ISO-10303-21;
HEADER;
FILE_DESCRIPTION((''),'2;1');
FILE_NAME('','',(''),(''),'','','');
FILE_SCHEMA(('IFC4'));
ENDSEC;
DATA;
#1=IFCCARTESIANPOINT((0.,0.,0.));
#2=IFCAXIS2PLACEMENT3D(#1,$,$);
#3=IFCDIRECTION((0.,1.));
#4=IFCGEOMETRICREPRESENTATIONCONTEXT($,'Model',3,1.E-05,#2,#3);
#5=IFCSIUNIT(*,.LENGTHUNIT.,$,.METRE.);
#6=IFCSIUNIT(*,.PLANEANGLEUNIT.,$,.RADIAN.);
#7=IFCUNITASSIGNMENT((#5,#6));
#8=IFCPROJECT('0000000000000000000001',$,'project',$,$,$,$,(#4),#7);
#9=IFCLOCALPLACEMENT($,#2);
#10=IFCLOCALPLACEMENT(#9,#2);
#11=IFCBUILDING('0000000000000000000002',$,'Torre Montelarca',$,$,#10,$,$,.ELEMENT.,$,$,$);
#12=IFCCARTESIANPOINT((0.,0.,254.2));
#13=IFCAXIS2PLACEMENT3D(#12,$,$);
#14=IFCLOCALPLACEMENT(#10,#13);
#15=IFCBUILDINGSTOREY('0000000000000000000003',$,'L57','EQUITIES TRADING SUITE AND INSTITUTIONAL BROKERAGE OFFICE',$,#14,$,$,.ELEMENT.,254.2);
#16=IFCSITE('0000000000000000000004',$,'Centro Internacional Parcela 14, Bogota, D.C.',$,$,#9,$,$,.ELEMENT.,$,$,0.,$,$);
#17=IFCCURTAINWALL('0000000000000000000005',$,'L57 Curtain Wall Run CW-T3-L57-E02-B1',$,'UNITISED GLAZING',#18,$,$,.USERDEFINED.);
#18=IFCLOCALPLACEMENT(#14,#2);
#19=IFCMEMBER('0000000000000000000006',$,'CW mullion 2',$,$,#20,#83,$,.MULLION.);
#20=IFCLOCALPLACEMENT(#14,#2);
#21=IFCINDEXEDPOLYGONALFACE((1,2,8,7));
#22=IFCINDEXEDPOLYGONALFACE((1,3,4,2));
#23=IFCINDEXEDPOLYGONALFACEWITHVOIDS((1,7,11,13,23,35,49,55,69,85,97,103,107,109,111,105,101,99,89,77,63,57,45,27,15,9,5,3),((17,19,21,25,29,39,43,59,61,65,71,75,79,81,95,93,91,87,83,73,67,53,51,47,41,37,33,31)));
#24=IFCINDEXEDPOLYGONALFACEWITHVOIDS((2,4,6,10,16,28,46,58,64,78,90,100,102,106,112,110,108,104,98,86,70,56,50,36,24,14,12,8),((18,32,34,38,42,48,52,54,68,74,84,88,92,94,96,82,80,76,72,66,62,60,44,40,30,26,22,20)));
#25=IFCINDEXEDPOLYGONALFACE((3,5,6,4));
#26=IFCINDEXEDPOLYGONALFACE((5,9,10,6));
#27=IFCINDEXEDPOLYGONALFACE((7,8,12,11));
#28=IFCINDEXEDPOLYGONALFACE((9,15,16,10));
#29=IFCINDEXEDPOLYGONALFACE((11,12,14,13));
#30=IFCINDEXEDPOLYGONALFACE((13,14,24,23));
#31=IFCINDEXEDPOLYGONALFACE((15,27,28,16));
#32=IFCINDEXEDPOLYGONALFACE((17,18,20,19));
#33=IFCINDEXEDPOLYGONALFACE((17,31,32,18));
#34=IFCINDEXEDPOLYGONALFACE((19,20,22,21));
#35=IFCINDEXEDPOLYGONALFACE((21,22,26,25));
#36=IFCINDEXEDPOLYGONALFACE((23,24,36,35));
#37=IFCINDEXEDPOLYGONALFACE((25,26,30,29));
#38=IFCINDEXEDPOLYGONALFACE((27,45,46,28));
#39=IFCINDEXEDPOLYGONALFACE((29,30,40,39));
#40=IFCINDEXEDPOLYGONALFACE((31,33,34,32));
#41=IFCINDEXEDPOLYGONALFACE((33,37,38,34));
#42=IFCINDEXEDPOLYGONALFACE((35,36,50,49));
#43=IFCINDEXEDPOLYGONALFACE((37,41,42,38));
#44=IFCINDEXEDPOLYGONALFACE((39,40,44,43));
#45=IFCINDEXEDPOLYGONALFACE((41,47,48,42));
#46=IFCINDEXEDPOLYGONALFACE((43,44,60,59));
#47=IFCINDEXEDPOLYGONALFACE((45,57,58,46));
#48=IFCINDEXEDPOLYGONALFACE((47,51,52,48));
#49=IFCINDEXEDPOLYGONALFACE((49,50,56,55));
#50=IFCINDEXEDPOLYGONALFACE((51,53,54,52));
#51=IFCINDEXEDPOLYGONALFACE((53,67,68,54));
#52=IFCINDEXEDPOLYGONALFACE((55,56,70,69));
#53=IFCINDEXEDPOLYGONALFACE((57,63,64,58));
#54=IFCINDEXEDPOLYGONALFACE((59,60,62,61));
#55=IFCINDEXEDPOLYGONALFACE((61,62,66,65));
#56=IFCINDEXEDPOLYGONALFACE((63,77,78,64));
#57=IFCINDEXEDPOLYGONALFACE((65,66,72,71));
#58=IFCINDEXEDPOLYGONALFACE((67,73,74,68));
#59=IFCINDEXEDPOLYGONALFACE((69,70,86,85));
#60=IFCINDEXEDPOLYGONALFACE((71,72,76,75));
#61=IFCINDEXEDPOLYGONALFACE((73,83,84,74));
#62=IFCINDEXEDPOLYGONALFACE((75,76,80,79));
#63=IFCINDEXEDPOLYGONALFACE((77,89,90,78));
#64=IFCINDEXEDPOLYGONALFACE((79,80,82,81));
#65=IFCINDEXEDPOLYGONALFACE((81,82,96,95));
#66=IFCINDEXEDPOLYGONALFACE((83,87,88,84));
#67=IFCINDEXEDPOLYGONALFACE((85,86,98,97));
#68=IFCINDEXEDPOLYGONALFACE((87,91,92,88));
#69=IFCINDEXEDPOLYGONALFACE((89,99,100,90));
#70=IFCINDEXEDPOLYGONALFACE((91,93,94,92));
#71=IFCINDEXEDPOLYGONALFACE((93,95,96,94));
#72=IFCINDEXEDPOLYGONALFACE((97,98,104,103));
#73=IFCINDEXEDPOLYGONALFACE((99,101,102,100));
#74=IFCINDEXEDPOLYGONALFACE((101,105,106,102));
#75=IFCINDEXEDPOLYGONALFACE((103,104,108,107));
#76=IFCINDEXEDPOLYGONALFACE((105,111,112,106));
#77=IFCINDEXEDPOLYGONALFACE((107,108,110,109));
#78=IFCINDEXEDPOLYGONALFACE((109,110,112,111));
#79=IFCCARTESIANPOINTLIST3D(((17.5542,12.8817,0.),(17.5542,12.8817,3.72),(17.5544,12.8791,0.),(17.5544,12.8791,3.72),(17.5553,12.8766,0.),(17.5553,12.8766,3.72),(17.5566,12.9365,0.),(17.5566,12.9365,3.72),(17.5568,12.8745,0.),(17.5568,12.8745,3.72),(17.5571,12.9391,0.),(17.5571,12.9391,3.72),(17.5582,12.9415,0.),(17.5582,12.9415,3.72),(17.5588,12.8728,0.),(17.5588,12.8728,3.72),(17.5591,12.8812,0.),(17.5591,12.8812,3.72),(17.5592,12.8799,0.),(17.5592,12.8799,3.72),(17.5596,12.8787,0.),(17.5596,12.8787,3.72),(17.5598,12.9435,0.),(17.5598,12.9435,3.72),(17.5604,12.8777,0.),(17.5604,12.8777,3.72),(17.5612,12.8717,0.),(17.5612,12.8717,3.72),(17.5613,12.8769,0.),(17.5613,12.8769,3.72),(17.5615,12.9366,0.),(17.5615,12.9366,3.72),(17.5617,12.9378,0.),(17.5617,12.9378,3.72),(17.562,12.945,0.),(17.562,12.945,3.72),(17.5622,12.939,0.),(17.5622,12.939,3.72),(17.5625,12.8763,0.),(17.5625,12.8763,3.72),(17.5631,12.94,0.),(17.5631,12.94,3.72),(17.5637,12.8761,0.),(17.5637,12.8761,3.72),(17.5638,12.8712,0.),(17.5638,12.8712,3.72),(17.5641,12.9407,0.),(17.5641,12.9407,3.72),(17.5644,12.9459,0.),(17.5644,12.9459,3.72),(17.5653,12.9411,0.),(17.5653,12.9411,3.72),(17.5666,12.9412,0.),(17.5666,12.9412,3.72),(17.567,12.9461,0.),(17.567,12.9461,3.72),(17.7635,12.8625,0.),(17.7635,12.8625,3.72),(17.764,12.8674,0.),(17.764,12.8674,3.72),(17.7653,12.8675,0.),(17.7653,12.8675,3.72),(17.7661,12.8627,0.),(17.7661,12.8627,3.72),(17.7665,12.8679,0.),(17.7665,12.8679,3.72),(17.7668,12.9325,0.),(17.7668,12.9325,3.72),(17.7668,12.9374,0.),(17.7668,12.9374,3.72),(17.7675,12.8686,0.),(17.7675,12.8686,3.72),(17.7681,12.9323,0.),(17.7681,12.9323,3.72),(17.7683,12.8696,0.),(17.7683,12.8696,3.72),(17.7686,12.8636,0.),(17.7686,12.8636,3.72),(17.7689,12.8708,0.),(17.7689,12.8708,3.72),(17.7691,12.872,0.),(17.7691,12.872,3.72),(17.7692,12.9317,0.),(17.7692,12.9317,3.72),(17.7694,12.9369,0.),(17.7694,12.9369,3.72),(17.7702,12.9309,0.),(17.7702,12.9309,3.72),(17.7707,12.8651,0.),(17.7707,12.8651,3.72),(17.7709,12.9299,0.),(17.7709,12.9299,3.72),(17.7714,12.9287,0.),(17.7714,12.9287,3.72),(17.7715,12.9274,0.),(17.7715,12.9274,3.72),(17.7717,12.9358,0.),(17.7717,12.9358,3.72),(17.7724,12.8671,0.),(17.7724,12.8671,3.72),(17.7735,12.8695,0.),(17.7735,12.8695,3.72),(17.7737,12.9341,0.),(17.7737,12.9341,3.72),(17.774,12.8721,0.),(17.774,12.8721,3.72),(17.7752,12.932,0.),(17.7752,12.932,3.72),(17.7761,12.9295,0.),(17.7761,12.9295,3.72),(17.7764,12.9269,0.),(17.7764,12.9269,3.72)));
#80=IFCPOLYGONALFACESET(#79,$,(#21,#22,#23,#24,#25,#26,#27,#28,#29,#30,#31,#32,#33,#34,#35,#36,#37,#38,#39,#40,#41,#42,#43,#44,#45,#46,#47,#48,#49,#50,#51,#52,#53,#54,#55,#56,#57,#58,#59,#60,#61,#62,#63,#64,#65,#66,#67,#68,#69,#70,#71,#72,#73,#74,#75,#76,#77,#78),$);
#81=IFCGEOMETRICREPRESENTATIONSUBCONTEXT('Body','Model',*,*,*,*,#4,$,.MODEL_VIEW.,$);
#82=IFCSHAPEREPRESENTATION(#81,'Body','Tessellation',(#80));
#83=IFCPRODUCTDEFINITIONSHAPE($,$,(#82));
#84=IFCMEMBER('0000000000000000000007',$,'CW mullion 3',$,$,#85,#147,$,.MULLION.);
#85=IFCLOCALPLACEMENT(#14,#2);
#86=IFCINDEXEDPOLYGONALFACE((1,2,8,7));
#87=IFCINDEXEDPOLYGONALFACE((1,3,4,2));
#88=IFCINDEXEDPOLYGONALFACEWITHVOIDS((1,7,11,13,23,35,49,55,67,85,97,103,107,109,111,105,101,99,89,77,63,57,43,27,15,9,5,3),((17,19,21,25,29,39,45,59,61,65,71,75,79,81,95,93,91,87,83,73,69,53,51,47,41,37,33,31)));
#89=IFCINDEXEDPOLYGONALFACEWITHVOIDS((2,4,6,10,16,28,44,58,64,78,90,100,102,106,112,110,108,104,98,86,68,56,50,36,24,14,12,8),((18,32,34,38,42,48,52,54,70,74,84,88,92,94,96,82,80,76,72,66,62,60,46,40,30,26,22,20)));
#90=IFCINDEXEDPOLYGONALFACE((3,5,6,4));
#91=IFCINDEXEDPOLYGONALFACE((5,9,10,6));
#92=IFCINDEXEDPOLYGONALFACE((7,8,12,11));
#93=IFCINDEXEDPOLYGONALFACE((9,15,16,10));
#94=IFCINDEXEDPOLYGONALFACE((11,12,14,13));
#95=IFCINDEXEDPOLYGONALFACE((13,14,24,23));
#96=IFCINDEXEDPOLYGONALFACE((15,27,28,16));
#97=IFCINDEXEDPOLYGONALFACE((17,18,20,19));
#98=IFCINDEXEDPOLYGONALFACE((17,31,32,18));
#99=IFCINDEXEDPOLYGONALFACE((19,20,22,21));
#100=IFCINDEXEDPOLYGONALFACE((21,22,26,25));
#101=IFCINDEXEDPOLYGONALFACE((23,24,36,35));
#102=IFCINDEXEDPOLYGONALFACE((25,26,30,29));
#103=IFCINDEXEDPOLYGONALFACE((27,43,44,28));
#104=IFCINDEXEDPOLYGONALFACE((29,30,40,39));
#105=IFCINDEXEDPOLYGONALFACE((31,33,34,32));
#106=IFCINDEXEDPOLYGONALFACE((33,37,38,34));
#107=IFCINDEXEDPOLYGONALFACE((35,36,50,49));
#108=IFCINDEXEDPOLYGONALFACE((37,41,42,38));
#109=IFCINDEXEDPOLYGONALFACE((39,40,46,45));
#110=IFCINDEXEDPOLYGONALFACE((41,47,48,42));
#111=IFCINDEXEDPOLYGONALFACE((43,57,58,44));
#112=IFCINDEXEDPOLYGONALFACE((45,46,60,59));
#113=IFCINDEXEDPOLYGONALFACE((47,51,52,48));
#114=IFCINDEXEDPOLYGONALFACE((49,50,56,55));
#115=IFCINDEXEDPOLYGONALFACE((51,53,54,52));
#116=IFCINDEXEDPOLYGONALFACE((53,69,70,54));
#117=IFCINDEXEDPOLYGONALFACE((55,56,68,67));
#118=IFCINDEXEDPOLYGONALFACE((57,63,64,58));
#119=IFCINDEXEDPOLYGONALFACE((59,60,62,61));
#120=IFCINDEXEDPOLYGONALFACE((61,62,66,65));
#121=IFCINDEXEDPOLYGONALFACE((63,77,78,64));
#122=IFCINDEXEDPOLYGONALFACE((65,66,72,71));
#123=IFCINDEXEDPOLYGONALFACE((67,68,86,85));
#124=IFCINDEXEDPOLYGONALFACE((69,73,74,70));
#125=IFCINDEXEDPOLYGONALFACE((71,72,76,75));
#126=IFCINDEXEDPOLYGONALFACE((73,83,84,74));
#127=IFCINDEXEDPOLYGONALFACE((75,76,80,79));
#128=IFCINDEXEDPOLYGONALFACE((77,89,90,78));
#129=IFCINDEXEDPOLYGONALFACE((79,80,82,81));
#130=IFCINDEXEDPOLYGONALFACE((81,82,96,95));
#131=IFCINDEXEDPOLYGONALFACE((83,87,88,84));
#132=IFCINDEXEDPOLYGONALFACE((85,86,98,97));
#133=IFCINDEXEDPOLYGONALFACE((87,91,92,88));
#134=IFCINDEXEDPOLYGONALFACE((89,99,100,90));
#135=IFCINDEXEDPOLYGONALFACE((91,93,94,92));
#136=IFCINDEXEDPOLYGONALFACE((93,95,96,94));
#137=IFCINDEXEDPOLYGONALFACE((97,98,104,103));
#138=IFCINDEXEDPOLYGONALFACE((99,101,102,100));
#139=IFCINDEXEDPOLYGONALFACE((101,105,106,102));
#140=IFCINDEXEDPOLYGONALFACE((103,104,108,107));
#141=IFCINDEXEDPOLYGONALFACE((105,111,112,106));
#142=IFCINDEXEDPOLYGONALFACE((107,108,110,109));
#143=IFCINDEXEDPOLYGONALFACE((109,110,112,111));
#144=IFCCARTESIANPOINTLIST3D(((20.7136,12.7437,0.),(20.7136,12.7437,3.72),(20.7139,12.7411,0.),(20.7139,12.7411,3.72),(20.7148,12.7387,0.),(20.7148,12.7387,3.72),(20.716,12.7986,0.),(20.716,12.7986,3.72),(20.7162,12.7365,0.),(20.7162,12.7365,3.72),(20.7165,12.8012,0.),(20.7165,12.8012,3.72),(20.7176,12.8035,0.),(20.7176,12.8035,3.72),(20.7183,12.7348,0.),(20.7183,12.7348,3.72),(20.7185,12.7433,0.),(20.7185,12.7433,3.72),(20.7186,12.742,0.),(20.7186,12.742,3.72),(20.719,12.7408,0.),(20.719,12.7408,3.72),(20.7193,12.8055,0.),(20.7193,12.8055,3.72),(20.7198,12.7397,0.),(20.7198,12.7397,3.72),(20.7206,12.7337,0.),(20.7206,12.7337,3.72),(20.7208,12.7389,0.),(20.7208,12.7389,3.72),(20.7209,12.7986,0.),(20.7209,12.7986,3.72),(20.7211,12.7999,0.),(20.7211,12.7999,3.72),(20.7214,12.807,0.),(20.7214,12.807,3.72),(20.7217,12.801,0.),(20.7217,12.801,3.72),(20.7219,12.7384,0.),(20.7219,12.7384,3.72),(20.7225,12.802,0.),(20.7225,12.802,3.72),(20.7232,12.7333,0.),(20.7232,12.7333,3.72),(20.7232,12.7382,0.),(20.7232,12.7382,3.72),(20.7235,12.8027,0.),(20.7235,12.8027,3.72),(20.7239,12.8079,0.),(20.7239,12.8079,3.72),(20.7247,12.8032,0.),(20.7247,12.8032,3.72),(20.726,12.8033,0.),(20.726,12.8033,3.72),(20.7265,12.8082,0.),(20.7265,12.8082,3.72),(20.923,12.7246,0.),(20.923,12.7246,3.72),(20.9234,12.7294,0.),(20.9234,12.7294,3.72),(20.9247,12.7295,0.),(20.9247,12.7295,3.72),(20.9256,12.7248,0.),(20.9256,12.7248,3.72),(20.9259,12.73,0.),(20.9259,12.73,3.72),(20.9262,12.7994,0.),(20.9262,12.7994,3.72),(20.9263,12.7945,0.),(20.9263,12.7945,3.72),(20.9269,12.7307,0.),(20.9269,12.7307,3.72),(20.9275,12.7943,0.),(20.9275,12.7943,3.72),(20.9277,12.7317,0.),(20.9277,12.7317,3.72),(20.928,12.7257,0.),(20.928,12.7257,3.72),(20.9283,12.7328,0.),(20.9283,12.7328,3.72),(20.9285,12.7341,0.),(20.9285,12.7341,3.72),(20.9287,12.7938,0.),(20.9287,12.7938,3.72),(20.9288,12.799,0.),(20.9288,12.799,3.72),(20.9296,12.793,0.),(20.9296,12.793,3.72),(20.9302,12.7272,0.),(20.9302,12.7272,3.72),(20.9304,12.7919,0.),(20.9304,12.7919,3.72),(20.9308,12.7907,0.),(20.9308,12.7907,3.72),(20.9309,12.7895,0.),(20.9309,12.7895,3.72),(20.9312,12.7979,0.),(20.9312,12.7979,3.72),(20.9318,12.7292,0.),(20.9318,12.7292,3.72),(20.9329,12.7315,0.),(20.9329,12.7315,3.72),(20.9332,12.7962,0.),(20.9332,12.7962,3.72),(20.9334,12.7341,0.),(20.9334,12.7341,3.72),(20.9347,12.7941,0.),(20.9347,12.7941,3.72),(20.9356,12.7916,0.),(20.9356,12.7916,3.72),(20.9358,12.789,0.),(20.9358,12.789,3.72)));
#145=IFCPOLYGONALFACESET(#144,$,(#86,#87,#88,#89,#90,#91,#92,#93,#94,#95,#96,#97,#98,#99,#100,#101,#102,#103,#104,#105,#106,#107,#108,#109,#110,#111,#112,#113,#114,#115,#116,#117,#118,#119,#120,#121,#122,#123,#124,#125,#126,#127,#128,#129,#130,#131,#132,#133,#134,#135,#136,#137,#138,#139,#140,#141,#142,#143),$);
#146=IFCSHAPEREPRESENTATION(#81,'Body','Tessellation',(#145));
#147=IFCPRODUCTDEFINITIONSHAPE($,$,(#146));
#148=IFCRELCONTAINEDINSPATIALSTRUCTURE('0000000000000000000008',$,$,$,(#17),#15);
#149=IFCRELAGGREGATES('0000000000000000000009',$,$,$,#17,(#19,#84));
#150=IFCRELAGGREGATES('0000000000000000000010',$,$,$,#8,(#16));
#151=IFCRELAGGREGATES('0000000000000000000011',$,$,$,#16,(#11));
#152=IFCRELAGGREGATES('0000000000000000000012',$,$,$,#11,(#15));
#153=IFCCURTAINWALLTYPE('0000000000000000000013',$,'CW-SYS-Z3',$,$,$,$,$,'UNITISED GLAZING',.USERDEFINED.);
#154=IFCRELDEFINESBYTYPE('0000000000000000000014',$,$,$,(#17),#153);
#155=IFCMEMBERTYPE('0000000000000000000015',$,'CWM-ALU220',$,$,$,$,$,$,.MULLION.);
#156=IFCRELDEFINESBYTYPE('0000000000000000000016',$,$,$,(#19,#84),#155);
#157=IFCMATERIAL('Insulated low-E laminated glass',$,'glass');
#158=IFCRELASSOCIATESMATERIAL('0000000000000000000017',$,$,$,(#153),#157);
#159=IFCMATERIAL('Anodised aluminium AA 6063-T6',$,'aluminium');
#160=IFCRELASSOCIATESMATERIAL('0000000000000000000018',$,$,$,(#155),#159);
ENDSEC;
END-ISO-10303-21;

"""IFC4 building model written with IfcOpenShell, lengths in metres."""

from ifc_helpers import new_model, si_unit, direction, frame, origin, origin_2d, place, context, subcontext, project, spatial, hollow_rectangle, extrude, source, transform, mapped, material, material_profile, profile_set, type_object, element, aggregate, save


model = new_model("IFC4")

# Units and contexts
model_context = context("Model", 3, precision=1e-05, world=origin(), true_north=direction((0.0, 1.0)))
body_context = subcontext(model_context, "Body", "Model", "MODEL_VIEW")
ifc_project = project(units=[si_unit("LENGTHUNIT", "METRE"), si_unit("PLANEANGLEUNIT", "RADIAN")], contexts=[model_context])

# Site, building, storey
site_placement = place(None, origin())
site = spatial("IfcSite", under=ifc_project, at=site_placement, Name="Centro Internacional Parcela 14, Bogota, D.C.", CompositionType="ELEMENT", RefElevation=0.0)
building_placement = place(site_placement, origin())
building = spatial("IfcBuilding", under=site, at=building_placement, Name="Torre Montelarca", CompositionType="ELEMENT")
storey_placement = place(building_placement, frame((0.0, 0.0, 254.2)))
storey = spatial("IfcBuildingStorey", under=building, at=storey_placement, Name="L57", Description="EQUITIES TRADING SUITE AND INSTITUTIONAL BROKERAGE OFFICE", CompositionType="ELEMENT", Elevation=254.2)

# Curtain wall
ifc_material_1 = material(Name="Insulated low-E laminated glass", Category="glass")
curtain_wall_type = type_object("IfcCurtainWallType", Name="CW-SYS-Z3", ElementType="UNITISED GLAZING", PredefinedType="USERDEFINED", material=ifc_material_1)
curtain_wall_1_placement = place(storey_placement, origin())
curtain_wall_1 = element("IfcCurtainWall", 1, at=curtain_wall_1_placement, inside=storey, type_object=curtain_wall_type, Name="L57 Curtain Wall Run CW-T3-L57-E02-B1", ObjectType="UNITISED GLAZING", PredefinedType="USERDEFINED")
ifc_material_2 = material(Name="Anodised aluminium AA 6063-T6", Category="aluminium")

# Shared definitions
ifc_material_profile_1 = material_profile(ifc_material_2, hollow_rectangle(XDim=0.075, YDim=0.22, WallThickness=0.0049, InnerFilletRadius=0.0049, OuterFilletRadius=0.01, at=origin_2d()), Name="ALU75X220X5", Category="aluminium")
ifc_profile_set_1 = profile_set([ifc_material_profile_1], Name="Anodised aluminium AA 6063-T6")
member_type_1 = type_object("IfcMemberType", Name="CWM-ALU220", PredefinedType="MULLION", material=ifc_profile_set_1)
shared_shape_1 = source(origin(), body_context, "Body", "SweptSolid", [
    extrude(hollow_rectangle(XDim=0.075, YDim=0.22, WallThickness=0.0049, InnerFilletRadius=0.0049, OuterFilletRadius=0.01, at=origin_2d()), origin(), (0.0, 0.0, 1.0), 3.72),
])

# Members
member_1_placement = place(storey_placement, frame((17.6653, 12.9043, 0.0), z_axis=(0.0, 0.0, 1.0), x_axis=(0.04361, 0.999049, 0.0)))
member_1 = element("IfcMember", 2, at=member_1_placement, type_object=member_type_1, Name="CW mullion 2", PredefinedType="MULLION", context=body_context, shape_type="MappedRepresentation", body=[
    mapped(shared_shape_1, transform((0.0, 0.0, 0.0), scale=1.0)),
])
member_2_placement = place(storey_placement, frame((20.8247, 12.7664, 0.0), z_axis=(0.0, 0.0, 1.0), x_axis=(0.04361, 0.999049, 0.0)))
member_2 = element("IfcMember", 3, at=member_2_placement, type_object=member_type_1, Name="CW mullion 3", PredefinedType="MULLION", context=body_context, shape_type="MappedRepresentation", body=[
    mapped(shared_shape_1, transform((0.0, 0.0, 0.0), scale=1.0)),
])

aggregate(curtain_wall_1, [member_1, member_2])

save(model, "model.ifc")
